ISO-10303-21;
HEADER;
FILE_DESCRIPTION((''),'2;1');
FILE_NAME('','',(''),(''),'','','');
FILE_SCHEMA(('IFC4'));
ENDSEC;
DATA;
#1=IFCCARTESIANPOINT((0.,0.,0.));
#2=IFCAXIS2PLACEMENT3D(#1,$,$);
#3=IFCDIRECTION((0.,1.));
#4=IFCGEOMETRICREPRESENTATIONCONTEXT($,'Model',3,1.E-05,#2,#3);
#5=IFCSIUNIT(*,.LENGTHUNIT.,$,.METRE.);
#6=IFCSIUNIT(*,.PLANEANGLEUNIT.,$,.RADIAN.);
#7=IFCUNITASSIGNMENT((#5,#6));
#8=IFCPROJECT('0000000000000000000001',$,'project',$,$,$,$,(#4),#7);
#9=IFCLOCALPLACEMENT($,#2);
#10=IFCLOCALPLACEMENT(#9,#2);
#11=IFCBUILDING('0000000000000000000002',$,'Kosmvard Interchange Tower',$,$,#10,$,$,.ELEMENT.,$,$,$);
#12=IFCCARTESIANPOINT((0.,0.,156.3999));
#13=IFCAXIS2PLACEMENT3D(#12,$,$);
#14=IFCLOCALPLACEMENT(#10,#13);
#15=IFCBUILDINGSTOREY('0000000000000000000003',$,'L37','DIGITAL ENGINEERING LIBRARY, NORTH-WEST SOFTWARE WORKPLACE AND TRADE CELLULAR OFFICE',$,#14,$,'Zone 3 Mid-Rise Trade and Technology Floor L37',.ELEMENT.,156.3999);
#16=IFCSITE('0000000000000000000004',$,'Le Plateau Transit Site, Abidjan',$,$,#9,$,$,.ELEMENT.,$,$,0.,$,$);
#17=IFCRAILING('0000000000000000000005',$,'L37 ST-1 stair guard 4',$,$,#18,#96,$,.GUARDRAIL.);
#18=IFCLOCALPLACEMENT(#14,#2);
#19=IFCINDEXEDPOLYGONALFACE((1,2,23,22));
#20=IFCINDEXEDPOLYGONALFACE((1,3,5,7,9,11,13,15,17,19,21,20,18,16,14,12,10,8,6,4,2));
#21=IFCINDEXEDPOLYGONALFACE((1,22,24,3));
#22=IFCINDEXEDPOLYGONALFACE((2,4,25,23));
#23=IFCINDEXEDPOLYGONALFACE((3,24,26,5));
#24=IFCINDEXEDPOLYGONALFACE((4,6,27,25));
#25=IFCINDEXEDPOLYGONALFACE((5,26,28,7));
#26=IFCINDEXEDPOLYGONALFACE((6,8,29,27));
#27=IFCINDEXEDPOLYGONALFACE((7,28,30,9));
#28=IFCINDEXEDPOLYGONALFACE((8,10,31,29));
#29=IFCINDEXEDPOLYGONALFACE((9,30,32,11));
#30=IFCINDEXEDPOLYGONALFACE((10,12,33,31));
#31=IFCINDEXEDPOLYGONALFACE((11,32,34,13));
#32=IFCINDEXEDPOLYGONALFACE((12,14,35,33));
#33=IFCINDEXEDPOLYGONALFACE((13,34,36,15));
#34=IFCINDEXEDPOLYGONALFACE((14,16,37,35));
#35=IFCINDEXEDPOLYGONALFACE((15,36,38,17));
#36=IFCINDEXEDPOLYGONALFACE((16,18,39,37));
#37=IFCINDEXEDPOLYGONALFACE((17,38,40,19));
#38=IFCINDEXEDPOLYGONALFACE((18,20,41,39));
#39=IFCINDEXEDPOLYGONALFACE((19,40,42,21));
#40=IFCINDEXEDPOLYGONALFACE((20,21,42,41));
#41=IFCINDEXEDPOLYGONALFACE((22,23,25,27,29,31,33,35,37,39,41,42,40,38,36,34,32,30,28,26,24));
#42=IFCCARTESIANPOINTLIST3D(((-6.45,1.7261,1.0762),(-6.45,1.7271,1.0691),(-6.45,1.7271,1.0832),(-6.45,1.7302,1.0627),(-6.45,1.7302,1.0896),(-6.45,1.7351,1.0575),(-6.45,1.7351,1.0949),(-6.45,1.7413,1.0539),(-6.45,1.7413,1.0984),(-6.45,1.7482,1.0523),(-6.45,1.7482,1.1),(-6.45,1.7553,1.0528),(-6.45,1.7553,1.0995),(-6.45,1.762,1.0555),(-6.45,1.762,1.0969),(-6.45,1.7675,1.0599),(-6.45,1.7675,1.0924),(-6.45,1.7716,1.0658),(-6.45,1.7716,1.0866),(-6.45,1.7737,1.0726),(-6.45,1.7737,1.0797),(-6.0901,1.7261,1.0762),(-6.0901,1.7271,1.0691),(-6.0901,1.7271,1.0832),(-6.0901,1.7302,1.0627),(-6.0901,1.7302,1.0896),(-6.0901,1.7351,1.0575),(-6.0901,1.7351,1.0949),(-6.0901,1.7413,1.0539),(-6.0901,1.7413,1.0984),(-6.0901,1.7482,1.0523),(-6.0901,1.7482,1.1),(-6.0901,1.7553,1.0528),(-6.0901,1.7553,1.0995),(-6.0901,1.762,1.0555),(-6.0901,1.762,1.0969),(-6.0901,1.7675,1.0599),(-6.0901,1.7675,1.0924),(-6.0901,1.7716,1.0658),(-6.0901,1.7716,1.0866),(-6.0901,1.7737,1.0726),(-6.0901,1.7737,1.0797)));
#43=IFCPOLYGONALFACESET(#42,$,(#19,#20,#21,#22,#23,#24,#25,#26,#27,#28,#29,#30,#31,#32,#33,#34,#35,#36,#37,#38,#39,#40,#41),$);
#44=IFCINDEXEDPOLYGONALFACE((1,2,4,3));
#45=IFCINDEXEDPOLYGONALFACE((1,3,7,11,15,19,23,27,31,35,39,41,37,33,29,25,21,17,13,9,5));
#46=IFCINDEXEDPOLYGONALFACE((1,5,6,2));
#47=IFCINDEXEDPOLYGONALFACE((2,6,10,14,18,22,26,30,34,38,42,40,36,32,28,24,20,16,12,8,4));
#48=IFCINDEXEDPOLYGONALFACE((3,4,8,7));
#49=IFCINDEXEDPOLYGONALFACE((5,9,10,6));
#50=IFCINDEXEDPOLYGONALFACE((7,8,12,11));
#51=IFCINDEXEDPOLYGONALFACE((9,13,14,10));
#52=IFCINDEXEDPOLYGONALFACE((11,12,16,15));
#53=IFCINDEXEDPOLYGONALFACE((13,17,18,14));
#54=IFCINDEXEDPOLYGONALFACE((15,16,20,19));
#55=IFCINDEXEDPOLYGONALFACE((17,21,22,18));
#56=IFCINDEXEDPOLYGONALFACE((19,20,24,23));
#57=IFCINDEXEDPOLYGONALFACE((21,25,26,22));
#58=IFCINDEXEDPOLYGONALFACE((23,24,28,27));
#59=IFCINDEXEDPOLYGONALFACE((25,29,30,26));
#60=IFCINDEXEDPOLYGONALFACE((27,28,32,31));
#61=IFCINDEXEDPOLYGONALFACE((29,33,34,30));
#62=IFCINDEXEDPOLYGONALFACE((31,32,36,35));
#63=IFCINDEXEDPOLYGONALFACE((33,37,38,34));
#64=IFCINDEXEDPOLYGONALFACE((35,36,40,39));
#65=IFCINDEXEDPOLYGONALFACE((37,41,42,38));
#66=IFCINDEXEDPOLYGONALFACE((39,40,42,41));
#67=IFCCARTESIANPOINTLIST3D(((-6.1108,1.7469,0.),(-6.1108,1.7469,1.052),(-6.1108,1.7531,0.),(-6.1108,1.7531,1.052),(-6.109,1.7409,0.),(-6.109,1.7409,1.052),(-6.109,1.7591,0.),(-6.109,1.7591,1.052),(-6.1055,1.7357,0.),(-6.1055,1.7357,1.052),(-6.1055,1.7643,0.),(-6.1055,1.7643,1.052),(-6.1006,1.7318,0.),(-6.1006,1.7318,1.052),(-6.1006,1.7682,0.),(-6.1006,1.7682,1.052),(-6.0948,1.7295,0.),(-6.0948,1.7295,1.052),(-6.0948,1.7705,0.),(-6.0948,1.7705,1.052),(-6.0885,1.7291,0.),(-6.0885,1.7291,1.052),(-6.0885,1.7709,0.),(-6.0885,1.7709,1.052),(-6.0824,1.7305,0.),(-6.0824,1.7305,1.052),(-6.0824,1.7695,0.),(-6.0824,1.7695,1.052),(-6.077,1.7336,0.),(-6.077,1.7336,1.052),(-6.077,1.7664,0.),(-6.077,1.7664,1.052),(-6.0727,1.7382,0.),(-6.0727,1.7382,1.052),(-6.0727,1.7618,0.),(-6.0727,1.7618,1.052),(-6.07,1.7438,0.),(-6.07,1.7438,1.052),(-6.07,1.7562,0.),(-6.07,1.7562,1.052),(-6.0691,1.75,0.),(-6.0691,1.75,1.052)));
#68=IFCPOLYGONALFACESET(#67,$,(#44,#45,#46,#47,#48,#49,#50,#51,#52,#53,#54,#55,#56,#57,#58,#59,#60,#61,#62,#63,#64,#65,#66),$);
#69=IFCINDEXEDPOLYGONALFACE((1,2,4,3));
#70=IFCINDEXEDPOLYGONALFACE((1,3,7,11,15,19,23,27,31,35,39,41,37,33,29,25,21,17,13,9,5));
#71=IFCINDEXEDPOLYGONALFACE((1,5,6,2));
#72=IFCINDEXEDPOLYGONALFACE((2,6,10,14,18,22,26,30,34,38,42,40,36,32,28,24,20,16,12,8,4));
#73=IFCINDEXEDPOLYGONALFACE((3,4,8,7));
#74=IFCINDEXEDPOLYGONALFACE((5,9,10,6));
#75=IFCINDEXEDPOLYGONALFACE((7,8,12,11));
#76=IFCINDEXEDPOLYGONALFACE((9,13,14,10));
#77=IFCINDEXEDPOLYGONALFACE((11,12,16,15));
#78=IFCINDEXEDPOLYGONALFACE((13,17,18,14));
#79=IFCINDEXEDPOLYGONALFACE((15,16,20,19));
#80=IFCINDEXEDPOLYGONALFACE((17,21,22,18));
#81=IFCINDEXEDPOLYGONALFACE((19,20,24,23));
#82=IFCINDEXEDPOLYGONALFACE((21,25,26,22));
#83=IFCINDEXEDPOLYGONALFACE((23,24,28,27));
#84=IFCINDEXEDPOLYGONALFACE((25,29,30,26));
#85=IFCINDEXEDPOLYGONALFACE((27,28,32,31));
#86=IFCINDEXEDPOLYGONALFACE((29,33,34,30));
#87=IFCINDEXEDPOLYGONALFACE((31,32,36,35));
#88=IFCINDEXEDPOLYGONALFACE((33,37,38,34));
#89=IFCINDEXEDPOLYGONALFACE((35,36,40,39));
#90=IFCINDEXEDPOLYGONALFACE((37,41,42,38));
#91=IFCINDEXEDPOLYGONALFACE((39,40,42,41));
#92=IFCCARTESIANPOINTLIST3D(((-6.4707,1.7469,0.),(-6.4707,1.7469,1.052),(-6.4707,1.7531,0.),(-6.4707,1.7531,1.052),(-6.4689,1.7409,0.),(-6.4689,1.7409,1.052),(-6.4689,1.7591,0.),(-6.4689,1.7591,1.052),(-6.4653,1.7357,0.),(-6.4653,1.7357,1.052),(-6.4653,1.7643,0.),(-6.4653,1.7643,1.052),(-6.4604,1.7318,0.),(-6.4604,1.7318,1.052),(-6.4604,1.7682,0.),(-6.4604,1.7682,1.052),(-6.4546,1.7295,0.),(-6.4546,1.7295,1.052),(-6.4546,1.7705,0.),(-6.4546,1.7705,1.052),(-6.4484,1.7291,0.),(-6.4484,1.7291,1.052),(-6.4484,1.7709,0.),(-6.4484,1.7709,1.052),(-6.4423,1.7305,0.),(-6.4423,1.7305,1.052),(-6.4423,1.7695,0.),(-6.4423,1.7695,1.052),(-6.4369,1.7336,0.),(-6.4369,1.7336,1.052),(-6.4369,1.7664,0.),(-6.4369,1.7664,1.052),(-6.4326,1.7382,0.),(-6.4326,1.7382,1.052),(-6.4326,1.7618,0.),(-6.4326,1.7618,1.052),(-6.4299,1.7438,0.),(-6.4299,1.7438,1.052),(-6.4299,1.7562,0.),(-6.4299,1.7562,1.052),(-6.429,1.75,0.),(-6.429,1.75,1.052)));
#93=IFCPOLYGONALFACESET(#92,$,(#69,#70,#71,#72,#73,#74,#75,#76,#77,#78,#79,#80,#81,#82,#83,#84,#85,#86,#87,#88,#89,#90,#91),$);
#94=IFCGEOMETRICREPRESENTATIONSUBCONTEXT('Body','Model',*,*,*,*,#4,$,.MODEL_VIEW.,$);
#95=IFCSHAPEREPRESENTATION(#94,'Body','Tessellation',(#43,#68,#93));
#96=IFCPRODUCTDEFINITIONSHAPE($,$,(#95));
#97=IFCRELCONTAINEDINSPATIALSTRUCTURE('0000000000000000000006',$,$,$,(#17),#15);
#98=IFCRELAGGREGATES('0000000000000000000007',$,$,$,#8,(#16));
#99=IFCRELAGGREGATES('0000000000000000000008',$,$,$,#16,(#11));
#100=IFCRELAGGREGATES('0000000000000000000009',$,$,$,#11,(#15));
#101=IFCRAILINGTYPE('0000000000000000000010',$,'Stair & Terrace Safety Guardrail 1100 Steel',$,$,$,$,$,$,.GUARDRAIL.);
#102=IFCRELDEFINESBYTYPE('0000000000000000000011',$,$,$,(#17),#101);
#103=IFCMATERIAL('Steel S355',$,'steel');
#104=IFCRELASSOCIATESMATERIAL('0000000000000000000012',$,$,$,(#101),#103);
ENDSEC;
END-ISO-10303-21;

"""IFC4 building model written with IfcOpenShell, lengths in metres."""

from ifc_helpers import new_model, si_unit, direction, frame, origin, origin_2d, place, context, subcontext, project, spatial, circle, extrude, source, transform, mapped, material, type_object, element, save


model = new_model("IFC4")

# Units and contexts
model_context = context("Model", 3, precision=1e-05, world=origin(), true_north=direction((0.0, 1.0)))
body_context = subcontext(model_context, "Body", "Model", "MODEL_VIEW")
ifc_project = project(units=[si_unit("LENGTHUNIT", "METRE"), si_unit("PLANEANGLEUNIT", "RADIAN")], contexts=[model_context])

# Site, building, storey
site_placement = place(None, origin())
site = spatial("IfcSite", under=ifc_project, at=site_placement, Name="Le Plateau Transit Site, Abidjan", CompositionType="ELEMENT", RefElevation=0.0)
building_placement = place(site_placement, origin())
building = spatial("IfcBuilding", under=site, at=building_placement, Name="Kosmvard Interchange Tower", CompositionType="ELEMENT")
storey_placement = place(building_placement, frame((0.0, 0.0, 156.3999)))
storey = spatial("IfcBuildingStorey", under=building, at=storey_placement, Name="L37", Description="DIGITAL ENGINEERING LIBRARY, NORTH-WEST SOFTWARE WORKPLACE AND TRADE CELLULAR OFFICE", LongName="Zone 3 Mid-Rise Trade and Technology Floor L37", CompositionType="ELEMENT", Elevation=156.3999)

# Railing
ifc_material_1 = material(Name="Steel S355", Category="steel")
railing_type_1 = type_object("IfcRailingType", Name="Stair & Terrace Safety Guardrail 1100 Steel", PredefinedType="GUARDRAIL", material=ifc_material_1)
shared_shape_1 = source(origin(), body_context, "Body", "SweptSolid", [
    extrude(circle(Radius=0.0239, at=origin_2d()), frame((0.0, 0.0, 1.0762), z_axis=(-1.0, 0.0, 0.0), x_axis=(0.0, -1.0, 0.0)), (0.0, 0.0, 1.0), 0.3599),
    extrude(circle(Radius=0.021, at=origin_2d()), origin(), (0.0, 0.0, 1.0), 1.052),
    extrude(circle(Radius=0.021, at=origin_2d()), frame((-0.3599, 0.0, 0.0)), (0.0, 0.0, 1.0), 1.052),
])
railing_1_placement = place(storey_placement, frame((-6.0901, 1.75, 0.0)))
element("IfcRailing", 1, at=railing_1_placement, inside=storey, type_object=railing_type_1, Name="L37 ST-1 stair guard 4", PredefinedType="GUARDRAIL", context=body_context, shape_type="MappedRepresentation", body=[
    mapped(shared_shape_1, transform((0.0, 0.0, 0.0), scale=1.0)),
])

save(model, "model.ifc")
